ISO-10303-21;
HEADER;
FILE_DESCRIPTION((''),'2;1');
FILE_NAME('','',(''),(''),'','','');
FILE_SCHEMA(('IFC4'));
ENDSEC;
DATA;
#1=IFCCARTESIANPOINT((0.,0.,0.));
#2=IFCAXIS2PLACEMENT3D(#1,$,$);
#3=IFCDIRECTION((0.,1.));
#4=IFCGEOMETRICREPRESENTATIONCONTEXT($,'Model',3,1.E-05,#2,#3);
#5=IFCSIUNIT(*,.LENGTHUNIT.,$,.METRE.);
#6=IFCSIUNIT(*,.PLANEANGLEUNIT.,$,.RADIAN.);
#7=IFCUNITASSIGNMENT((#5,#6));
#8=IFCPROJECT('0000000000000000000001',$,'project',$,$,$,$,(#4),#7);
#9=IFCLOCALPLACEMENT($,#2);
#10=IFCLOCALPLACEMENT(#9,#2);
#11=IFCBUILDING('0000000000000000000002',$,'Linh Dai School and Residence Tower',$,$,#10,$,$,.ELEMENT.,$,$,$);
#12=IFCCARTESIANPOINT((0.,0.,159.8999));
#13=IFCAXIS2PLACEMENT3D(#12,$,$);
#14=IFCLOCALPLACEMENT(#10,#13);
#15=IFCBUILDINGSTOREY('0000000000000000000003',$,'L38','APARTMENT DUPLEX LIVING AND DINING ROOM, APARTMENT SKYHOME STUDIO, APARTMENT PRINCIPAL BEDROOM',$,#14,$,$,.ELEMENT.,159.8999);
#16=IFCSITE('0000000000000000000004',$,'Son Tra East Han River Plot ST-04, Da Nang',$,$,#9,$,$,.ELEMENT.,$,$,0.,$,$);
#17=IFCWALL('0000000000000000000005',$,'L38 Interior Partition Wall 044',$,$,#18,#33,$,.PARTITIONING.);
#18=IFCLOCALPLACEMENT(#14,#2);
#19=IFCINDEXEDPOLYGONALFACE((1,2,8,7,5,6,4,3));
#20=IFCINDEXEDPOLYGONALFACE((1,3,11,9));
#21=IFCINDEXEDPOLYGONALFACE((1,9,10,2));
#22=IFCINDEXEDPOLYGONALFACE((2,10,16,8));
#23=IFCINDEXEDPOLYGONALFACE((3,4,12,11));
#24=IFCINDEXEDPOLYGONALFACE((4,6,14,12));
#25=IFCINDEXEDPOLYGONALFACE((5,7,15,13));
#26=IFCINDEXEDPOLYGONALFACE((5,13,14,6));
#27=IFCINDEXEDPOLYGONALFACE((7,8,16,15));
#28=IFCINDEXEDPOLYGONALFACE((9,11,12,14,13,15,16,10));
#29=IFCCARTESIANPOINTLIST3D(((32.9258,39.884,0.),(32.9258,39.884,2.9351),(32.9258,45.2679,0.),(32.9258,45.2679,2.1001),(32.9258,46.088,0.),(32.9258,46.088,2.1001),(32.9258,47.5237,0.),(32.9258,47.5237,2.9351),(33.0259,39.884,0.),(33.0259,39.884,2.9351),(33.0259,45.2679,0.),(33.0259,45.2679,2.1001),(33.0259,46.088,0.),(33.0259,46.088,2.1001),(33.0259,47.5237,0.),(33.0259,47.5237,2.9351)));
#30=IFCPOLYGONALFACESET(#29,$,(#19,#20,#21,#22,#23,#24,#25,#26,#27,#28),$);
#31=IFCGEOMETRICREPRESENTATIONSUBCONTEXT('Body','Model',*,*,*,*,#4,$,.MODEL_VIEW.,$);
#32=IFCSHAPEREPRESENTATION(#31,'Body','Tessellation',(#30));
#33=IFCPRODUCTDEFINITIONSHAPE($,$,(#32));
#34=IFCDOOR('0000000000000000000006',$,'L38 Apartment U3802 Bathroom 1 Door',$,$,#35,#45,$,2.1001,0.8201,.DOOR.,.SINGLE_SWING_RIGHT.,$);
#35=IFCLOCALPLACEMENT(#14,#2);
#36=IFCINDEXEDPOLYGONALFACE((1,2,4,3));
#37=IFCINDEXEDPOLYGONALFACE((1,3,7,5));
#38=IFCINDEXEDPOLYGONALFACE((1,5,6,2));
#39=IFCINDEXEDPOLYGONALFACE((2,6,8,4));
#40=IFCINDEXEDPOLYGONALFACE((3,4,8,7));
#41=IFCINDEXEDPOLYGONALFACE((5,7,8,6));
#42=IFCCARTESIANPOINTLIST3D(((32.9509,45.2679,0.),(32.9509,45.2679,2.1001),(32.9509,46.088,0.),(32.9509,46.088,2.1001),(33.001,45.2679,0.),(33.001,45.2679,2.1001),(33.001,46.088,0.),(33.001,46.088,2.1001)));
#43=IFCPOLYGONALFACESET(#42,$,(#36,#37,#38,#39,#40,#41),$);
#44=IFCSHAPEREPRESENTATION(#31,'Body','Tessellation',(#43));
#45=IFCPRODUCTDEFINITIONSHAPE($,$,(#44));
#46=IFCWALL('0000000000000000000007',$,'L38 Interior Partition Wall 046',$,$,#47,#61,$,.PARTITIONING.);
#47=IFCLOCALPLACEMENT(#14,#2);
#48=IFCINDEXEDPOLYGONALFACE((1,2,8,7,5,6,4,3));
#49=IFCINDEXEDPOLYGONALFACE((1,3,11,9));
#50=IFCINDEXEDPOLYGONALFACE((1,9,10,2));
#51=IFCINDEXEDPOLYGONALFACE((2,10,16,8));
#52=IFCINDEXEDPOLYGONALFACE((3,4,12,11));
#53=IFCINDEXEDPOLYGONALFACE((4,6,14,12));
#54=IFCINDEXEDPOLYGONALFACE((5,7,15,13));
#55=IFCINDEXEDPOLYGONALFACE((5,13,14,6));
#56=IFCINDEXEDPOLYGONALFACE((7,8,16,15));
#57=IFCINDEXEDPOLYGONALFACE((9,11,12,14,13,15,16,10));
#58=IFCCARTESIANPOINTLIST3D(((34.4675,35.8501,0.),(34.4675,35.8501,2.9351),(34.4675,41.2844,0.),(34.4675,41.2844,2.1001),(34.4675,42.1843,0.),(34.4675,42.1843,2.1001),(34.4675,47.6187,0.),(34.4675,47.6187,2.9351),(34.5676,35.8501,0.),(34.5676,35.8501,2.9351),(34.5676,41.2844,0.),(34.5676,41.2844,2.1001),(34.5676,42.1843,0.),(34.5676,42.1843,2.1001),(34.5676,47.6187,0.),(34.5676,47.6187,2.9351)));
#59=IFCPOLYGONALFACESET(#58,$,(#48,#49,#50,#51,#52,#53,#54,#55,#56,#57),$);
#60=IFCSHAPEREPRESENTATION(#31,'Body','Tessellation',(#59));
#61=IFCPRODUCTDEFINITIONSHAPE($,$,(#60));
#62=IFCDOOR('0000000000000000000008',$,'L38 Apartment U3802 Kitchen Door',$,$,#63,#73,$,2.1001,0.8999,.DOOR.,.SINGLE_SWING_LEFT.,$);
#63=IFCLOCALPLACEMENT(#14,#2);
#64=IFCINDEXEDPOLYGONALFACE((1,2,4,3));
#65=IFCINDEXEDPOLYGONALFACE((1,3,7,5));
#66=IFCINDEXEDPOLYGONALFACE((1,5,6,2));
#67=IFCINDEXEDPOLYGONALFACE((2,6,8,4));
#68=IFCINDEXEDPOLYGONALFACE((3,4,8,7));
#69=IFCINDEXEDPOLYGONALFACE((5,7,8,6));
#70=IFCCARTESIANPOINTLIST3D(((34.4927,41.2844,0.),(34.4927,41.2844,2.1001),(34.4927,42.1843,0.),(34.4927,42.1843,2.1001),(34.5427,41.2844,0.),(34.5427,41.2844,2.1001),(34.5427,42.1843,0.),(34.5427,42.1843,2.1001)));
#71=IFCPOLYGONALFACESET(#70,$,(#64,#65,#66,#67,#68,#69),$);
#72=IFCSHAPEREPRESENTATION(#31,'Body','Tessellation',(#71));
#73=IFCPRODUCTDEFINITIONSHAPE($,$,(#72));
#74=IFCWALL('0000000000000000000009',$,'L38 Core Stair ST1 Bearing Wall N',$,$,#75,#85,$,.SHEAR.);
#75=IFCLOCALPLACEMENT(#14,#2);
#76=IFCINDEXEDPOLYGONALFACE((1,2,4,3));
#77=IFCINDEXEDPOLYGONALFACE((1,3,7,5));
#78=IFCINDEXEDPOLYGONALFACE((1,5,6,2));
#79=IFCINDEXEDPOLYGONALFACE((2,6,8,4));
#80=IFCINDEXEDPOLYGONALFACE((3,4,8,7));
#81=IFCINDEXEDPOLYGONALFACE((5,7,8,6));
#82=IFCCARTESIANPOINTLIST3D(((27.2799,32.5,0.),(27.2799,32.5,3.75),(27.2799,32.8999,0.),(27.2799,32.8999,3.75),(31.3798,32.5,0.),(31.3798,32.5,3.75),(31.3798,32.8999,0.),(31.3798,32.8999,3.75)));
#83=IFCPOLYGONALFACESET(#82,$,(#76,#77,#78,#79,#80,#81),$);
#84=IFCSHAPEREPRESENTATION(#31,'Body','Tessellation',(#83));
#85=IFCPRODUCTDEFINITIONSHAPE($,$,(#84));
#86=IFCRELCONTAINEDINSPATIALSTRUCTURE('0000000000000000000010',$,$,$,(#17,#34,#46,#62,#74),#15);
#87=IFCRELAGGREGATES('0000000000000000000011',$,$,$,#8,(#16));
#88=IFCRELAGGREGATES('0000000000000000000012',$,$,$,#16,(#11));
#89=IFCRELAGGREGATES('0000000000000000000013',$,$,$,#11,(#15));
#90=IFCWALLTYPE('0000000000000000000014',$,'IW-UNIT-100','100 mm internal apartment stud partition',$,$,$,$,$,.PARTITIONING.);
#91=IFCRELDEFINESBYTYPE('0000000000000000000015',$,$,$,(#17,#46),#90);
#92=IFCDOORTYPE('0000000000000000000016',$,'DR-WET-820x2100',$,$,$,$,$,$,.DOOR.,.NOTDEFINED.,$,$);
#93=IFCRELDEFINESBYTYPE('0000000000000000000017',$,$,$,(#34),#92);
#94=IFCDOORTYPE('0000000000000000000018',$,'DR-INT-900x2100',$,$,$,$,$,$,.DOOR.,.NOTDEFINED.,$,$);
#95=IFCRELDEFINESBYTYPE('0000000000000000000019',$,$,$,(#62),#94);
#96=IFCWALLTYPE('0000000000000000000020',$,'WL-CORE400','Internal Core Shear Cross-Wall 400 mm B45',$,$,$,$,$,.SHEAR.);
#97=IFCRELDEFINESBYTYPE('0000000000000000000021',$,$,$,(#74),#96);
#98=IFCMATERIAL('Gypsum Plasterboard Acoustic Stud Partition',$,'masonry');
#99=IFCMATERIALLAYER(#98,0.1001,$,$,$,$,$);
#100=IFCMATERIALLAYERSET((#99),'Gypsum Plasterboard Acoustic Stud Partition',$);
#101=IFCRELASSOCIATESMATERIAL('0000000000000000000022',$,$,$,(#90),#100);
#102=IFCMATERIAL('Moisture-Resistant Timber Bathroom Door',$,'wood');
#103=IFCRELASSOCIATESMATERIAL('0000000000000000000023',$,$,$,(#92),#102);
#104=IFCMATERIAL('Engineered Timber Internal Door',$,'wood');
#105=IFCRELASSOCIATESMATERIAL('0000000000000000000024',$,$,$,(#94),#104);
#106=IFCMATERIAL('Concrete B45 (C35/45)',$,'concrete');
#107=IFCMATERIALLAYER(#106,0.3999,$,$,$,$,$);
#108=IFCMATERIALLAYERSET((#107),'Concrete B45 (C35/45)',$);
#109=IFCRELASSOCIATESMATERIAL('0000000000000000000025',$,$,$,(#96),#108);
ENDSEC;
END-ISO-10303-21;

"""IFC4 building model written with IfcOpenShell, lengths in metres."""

from ifc_helpers import new_model, si_unit, direction, frame, frame_2d, origin, origin_2d, place, context, subcontext, project, spatial, rectangle, extrude, source, transform, mapped, material, layer, layer_set, type_object, element, fill, save


model = new_model("IFC4")

# Units and contexts
model_context = context("Model", 3, precision=1e-05, world=origin(), true_north=direction((0.0, 1.0)))
body_context = subcontext(model_context, "Body", "Model", "MODEL_VIEW")
ifc_project = project(units=[si_unit("LENGTHUNIT", "METRE"), si_unit("PLANEANGLEUNIT", "RADIAN")], contexts=[model_context])

# Site, building, storey
site_placement = place(None, origin())
site = spatial("IfcSite", under=ifc_project, at=site_placement, Name="Son Tra East Han River Plot ST-04, Da Nang", CompositionType="ELEMENT", RefElevation=0.0)
building_placement = place(site_placement, origin())
building = spatial("IfcBuilding", under=site, at=building_placement, Name="Linh Dai School and Residence Tower", CompositionType="ELEMENT")
storey_placement = place(building_placement, frame((0.0, 0.0, 159.8999)))
storey = spatial("IfcBuildingStorey", under=building, at=storey_placement, Name="L38", Description="APARTMENT DUPLEX LIVING AND DINING ROOM, APARTMENT SKYHOME STUDIO, APARTMENT PRINCIPAL BEDROOM", CompositionType="ELEMENT", Elevation=159.8999)

# Shared definitions
ifc_material_1 = material(Name="Gypsum Plasterboard Acoustic Stud Partition", Category="masonry")
ifc_layer_1 = layer(ifc_material_1, 0.1001)
ifc_layer_set_1 = layer_set([ifc_layer_1], Name="Gypsum Plasterboard Acoustic Stud Partition")
wall_type_1 = type_object("IfcWallType", Name="IW-UNIT-100", Description="100 mm internal apartment stud partition", PredefinedType="PARTITIONING", material=ifc_layer_set_1)

# Walls, openings, doors
wall_1_placement = place(storey_placement, frame((32.9758, 39.884, 0.0), z_axis=(0.0, 0.0, 1.0), x_axis=(0.0, 1.0, 0.0)))
wall_1 = element("IfcWall", 1, at=wall_1_placement, inside=storey, type_object=wall_type_1, Name="L38 Interior Partition Wall 044", PredefinedType="PARTITIONING", context=body_context, shape_type="SweptSolid", body=[
    extrude(rectangle(XDim=7.6396, YDim=0.1001, at=frame_2d((3.8198, 0.0))), origin(), (0.0, 0.0, 1.0), 2.9351),
])
opening_1_placement = place(wall_1_placement, frame((5.3838, 0.0, 0.0)))
opening_1 = element("IfcOpeningElement", 2, at=opening_1_placement, cuts=wall_1, PredefinedType="OPENING", context=body_context, shape_type="SweptSolid", body=[
    extrude(rectangle(XDim=0.8201, YDim=2.1001, at=origin_2d()), frame((0.4102, 0.0601, 1.05), z_axis=(0.0, -1.0, 0.0), x_axis=(1.0, 0.0, 0.0)), (0.0, 0.0, 1.0), 0.1201),
])
ifc_material_2 = material(Name="Moisture-Resistant Timber Bathroom Door", Category="wood")
door_type_1 = type_object("IfcDoorType", Name="DR-WET-820x2100", OperationType="NOTDEFINED", PredefinedType="DOOR", material=ifc_material_2)
shared_shape_1 = source(origin(), body_context, "Body", "SweptSolid", [
    extrude(rectangle(XDim=0.8201, YDim=2.1001, at=origin_2d()), frame((0.4102, 0.0249, 1.05), z_axis=(0.0, -1.0, 0.0), x_axis=(1.0, 0.0, 0.0)), (0.0, 0.0, 1.0), 0.05),
])
door_1_placement = place(opening_1_placement, origin())
door_1 = element("IfcDoor", 3, at=door_1_placement, inside=storey, type_object=door_type_1, Name="L38 Apartment U3802 Bathroom 1 Door", OperationType="SINGLE_SWING_RIGHT", OverallHeight=2.1001, OverallWidth=0.8201, PredefinedType="DOOR", context=body_context, shape_type="MappedRepresentation", body=[
    mapped(shared_shape_1, transform((0.0, 0.0, 0.0), x_axis=(1.0, 0.0, 0.0), y_axis=(0.0, 1.0, 0.0), z_axis=(0.0, 0.0, 1.0), scale=1.0)),
])
fill(opening_1, door_1)
wall_2_placement = place(storey_placement, frame((34.5176, 35.8501, 0.0), z_axis=(0.0, 0.0, 1.0), x_axis=(0.0, 1.0, 0.0)))
wall_2 = element("IfcWall", 4, at=wall_2_placement, inside=storey, type_object=wall_type_1, Name="L38 Interior Partition Wall 046", PredefinedType="PARTITIONING", context=body_context, shape_type="SweptSolid", body=[
    extrude(rectangle(XDim=11.7686, YDim=0.1001, at=frame_2d((5.8843, 0.0))), origin(), (0.0, 0.0, 1.0), 2.9351),
])
opening_2_placement = place(wall_2_placement, frame((5.4343, 0.0, 0.0)))
opening_2 = element("IfcOpeningElement", 5, at=opening_2_placement, cuts=wall_2, PredefinedType="OPENING", context=body_context, shape_type="SweptSolid", body=[
    extrude(rectangle(XDim=0.8999, YDim=2.1001, at=origin_2d()), frame((0.45, 0.0601, 1.05), z_axis=(0.0, -1.0, 0.0), x_axis=(1.0, 0.0, 0.0)), (0.0, 0.0, 1.0), 0.1201),
])
ifc_material_3 = material(Name="Engineered Timber Internal Door", Category="wood")
door_type_2 = type_object("IfcDoorType", Name="DR-INT-900x2100", OperationType="NOTDEFINED", PredefinedType="DOOR", material=ifc_material_3)
shared_shape_2 = source(origin(), body_context, "Body", "SweptSolid", [
    extrude(rectangle(XDim=0.8999, YDim=2.1001, at=origin_2d()), frame((0.45, 0.0249, 1.05), z_axis=(0.0, -1.0, 0.0), x_axis=(1.0, 0.0, 0.0)), (0.0, 0.0, 1.0), 0.05),
])
door_2_placement = place(opening_2_placement, origin())
door_2 = element("IfcDoor", 6, at=door_2_placement, inside=storey, type_object=door_type_2, Name="L38 Apartment U3802 Kitchen Door", OperationType="SINGLE_SWING_LEFT", OverallHeight=2.1001, OverallWidth=0.8999, PredefinedType="DOOR", context=body_context, shape_type="MappedRepresentation", body=[
    mapped(shared_shape_2, transform((0.0, 0.0, 0.0), x_axis=(1.0, 0.0, 0.0), y_axis=(0.0, 1.0, 0.0), z_axis=(0.0, 0.0, 1.0), scale=1.0)),
])
fill(opening_2, door_2)

# Wall
ifc_material_4 = material(Name="Concrete B45 (C35/45)", Category="concrete")
ifc_layer_2 = layer(ifc_material_4, 0.3999)
ifc_layer_set_2 = layer_set([ifc_layer_2], Name="Concrete B45 (C35/45)")
wall_type_2 = type_object("IfcWallType", Name="WL-CORE400", Description="Internal Core Shear Cross-Wall 400 mm B45", PredefinedType="SHEAR", material=ifc_layer_set_2)
wall_3_placement = place(storey_placement, frame((27.28, 32.7, 0.0), z_axis=(0.0, 0.0, 1.0), x_axis=(1.0, 0.0, 0.0)))
element("IfcWall", 7, at=wall_3_placement, inside=storey, type_object=wall_type_2, Name="L38 Core Stair ST1 Bearing Wall N", PredefinedType="SHEAR", context=body_context, shape_type="SweptSolid", body=[
    extrude(rectangle(XDim=4.0999, YDim=0.3999, at=frame_2d((2.0498, 0.0))), origin(), (0.0, 0.0, 1.0), 3.75),
])

save(model, "model.ifc")
